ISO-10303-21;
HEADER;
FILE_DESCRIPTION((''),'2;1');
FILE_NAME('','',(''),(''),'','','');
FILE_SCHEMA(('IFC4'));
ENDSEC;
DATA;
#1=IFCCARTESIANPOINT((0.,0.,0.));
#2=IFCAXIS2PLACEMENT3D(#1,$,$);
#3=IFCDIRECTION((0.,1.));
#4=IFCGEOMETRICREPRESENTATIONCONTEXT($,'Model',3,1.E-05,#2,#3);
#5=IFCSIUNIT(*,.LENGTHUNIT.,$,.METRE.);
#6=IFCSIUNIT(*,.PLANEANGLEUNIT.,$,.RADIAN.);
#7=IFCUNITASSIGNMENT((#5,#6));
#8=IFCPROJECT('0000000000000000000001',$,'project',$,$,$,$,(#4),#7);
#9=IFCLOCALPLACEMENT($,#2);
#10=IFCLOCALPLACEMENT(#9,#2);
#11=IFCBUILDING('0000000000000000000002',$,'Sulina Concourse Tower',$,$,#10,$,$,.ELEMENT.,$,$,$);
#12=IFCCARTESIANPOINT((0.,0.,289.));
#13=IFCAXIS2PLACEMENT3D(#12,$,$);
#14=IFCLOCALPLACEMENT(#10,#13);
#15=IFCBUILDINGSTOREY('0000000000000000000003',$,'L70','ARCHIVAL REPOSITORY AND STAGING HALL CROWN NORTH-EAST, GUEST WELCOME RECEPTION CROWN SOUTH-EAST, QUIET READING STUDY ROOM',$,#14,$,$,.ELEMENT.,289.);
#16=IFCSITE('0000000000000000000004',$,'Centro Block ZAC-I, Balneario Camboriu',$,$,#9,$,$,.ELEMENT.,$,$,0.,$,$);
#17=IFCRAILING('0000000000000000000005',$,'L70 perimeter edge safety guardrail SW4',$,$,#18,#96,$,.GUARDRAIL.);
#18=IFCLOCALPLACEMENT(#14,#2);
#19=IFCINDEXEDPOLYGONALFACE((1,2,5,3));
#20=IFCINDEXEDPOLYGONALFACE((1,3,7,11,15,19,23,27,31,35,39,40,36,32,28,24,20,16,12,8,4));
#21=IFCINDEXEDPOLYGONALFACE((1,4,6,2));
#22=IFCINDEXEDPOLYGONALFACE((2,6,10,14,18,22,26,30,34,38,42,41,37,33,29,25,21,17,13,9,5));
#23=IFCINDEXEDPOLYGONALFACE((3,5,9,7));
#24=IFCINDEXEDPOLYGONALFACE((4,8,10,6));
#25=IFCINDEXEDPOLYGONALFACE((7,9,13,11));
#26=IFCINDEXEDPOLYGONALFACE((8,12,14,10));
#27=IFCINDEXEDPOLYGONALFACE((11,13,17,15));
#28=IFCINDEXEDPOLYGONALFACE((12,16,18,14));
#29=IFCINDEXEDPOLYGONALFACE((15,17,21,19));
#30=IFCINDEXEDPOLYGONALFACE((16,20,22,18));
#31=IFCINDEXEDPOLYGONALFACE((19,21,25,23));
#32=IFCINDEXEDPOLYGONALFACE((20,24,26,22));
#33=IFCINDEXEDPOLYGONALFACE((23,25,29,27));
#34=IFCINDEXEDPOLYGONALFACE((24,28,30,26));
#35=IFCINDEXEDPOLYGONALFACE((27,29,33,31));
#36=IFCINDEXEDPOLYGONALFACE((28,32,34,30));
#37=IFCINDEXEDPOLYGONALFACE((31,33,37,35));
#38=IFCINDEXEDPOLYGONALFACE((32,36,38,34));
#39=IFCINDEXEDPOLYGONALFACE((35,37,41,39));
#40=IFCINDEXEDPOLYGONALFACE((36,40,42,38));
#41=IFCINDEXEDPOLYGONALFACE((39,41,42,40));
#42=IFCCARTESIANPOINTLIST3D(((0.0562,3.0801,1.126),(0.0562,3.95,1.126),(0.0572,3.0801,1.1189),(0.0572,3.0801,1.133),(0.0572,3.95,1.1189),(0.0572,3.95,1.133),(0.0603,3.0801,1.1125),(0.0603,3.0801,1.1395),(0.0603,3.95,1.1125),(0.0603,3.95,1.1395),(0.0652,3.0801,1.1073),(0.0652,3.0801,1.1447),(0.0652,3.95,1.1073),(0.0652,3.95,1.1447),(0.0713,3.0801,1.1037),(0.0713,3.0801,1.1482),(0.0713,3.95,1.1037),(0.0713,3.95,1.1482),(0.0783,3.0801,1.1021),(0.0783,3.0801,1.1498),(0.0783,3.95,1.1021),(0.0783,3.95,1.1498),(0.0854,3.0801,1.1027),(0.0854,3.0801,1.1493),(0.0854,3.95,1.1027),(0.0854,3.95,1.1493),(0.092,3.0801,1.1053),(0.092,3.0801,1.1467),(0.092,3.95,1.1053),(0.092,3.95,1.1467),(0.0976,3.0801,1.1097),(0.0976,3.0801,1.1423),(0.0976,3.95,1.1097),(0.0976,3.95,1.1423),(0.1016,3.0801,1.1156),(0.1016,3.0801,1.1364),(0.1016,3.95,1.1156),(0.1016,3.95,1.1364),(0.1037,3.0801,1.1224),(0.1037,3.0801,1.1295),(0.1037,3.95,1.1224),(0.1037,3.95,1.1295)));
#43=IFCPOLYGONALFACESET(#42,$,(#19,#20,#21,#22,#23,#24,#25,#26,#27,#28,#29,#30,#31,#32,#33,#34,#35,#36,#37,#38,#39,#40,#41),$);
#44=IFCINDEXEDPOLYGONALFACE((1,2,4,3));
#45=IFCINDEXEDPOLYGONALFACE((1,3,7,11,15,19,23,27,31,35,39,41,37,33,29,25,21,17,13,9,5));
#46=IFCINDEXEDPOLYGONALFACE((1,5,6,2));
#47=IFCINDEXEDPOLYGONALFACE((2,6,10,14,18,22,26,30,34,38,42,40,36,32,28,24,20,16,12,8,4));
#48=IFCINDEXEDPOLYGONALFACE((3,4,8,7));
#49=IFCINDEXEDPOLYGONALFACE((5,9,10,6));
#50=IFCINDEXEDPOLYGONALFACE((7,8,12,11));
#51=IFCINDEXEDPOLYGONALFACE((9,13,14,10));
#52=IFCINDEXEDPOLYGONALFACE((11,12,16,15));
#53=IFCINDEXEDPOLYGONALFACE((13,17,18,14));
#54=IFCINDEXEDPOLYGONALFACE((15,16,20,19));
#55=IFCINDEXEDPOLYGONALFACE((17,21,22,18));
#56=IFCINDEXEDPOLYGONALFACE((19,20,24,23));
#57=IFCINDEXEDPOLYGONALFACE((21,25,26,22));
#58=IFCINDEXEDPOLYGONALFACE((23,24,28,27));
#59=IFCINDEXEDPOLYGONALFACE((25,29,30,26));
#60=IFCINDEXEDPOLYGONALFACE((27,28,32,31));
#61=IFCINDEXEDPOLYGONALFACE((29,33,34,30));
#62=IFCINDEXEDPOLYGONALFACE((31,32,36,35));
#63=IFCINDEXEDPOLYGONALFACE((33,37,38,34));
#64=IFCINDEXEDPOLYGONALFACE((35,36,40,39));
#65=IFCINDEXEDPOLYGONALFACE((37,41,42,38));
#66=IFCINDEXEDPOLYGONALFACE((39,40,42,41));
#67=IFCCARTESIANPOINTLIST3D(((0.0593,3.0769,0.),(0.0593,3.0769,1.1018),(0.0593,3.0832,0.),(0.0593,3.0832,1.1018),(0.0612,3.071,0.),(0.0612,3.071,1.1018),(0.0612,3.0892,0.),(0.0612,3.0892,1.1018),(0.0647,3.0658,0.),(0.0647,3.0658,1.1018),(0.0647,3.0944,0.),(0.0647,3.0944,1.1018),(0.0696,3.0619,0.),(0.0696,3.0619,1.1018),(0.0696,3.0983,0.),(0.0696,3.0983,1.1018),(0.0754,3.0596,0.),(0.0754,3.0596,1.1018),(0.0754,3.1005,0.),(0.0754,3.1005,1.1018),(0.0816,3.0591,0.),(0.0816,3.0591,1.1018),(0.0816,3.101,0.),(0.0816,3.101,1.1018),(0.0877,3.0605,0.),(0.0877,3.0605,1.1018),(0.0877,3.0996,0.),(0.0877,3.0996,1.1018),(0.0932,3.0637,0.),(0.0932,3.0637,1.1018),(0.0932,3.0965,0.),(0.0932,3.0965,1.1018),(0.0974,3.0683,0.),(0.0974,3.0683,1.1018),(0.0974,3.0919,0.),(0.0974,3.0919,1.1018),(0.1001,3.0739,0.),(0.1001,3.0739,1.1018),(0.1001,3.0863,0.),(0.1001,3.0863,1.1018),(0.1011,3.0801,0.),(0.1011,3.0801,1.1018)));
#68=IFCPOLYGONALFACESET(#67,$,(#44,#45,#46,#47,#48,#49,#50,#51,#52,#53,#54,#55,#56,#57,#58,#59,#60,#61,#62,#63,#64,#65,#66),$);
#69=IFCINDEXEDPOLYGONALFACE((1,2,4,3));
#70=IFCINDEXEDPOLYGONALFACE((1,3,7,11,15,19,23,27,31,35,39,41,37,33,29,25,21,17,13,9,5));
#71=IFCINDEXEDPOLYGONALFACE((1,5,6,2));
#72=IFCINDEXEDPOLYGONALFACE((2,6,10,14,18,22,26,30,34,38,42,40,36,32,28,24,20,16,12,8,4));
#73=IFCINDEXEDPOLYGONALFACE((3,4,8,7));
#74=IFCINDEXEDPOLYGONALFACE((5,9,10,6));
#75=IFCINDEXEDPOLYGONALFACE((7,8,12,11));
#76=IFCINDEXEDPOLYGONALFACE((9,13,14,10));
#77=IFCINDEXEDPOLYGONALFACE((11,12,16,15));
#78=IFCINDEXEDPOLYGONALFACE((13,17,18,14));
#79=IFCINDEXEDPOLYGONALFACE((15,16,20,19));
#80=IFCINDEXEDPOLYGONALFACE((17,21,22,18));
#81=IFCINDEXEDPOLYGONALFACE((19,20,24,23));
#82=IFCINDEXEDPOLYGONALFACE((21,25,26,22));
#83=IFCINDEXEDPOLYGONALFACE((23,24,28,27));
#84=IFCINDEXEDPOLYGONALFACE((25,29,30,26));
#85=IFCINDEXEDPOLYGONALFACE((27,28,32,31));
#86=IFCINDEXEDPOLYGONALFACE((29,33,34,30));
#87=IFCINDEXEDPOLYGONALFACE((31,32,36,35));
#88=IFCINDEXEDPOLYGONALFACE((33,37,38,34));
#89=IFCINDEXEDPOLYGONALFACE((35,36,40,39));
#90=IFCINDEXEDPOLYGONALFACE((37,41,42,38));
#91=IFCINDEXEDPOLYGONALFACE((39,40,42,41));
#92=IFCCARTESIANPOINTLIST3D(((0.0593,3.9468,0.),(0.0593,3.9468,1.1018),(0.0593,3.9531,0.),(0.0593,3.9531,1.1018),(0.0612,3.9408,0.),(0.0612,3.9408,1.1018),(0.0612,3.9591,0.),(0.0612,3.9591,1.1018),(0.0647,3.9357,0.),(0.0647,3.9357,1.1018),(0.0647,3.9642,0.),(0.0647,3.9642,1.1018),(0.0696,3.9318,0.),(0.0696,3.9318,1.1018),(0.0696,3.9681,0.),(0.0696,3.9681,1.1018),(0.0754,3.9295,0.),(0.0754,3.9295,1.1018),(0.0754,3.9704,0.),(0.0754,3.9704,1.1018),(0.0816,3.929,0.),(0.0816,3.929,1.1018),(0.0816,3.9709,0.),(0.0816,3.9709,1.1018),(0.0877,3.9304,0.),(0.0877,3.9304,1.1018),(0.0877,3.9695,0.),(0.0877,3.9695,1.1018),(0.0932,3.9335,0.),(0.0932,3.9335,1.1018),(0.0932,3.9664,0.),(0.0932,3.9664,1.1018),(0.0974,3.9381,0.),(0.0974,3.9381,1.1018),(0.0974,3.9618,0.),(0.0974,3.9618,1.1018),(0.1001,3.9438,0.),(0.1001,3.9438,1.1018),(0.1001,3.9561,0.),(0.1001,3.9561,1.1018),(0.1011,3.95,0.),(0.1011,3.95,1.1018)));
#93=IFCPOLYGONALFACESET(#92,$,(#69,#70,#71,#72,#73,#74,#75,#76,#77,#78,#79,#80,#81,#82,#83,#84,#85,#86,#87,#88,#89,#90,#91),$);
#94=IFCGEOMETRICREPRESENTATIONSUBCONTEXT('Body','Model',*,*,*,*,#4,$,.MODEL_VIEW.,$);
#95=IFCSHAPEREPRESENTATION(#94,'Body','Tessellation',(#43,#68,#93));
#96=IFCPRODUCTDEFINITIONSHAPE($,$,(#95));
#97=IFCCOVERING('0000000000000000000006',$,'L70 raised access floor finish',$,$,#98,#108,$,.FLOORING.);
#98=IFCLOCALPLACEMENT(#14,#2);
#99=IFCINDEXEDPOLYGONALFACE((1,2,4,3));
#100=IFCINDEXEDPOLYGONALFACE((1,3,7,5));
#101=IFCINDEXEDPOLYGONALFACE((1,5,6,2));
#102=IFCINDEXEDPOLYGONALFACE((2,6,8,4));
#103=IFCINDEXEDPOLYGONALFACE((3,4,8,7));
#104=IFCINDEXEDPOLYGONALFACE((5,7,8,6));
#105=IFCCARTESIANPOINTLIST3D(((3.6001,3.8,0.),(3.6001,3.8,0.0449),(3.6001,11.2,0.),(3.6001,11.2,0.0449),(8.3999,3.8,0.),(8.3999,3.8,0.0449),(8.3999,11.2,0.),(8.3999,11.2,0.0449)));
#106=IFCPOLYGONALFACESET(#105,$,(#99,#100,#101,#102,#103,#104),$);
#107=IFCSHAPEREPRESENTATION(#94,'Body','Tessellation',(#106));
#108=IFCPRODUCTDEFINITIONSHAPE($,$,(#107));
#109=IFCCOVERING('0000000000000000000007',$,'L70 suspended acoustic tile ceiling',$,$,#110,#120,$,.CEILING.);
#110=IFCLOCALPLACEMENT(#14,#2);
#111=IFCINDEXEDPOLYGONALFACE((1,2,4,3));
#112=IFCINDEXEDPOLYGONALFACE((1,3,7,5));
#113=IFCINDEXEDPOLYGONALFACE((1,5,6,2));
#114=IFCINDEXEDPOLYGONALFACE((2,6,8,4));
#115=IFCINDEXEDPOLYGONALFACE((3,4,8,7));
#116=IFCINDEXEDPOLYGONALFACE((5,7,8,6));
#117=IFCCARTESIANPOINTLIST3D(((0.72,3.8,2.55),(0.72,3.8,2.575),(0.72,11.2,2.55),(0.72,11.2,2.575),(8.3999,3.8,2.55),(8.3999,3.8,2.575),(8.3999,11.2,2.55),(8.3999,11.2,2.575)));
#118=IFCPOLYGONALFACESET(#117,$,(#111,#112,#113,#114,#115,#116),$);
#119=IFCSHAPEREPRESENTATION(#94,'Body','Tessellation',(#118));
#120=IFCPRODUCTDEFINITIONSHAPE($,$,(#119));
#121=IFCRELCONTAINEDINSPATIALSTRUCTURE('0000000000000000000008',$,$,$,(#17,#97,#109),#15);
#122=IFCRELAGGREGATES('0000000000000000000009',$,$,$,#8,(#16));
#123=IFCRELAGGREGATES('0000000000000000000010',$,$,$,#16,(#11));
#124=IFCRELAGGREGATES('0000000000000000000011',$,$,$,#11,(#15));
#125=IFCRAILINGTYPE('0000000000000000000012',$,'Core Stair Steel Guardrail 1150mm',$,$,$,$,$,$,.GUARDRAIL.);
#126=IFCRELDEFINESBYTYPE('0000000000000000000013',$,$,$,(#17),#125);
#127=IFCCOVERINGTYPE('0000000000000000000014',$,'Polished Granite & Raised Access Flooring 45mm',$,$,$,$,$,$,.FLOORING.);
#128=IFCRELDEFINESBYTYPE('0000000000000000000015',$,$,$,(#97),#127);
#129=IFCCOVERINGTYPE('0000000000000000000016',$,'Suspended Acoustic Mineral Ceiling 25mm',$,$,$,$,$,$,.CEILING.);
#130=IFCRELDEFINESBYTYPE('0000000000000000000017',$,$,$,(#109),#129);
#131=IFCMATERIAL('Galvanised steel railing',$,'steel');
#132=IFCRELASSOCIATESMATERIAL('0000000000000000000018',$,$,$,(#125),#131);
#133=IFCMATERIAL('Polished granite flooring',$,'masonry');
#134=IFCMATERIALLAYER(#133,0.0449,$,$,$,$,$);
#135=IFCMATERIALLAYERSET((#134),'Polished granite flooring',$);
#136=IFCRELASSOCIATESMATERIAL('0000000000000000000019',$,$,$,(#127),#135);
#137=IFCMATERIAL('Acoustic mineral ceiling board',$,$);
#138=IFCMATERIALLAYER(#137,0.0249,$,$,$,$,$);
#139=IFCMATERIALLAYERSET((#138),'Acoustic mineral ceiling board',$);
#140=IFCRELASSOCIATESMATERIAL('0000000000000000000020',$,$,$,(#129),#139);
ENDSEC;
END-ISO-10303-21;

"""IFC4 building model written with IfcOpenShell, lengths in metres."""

from ifc_helpers import new_model, si_unit, direction, frame, origin, origin_2d, place, context, subcontext, project, spatial, polyline, circle, outline, extrude, material, layer, layer_set, type_object, element, save


model = new_model("IFC4")

# Units and contexts
model_context = context("Model", 3, precision=1e-05, world=origin(), true_north=direction((0.0, 1.0)))
body_context = subcontext(model_context, "Body", "Model", "MODEL_VIEW")
ifc_project = project(units=[si_unit("LENGTHUNIT", "METRE"), si_unit("PLANEANGLEUNIT", "RADIAN")], contexts=[model_context])

# Site, building, storey
site_placement = place(None, origin())
site = spatial("IfcSite", under=ifc_project, at=site_placement, Name="Centro Block ZAC-I, Balneario Camboriu", CompositionType="ELEMENT", RefElevation=0.0)
building_placement = place(site_placement, origin())
building = spatial("IfcBuilding", under=site, at=building_placement, Name="Sulina Concourse Tower", CompositionType="ELEMENT")
storey_placement = place(building_placement, frame((0.0, 0.0, 289.0)))
storey = spatial("IfcBuildingStorey", under=building, at=storey_placement, Name="L70", Description="ARCHIVAL REPOSITORY AND STAGING HALL CROWN NORTH-EAST, GUEST WELCOME RECEPTION CROWN SOUTH-EAST, QUIET READING STUDY ROOM", CompositionType="ELEMENT", Elevation=289.0)

# Railing
ifc_material_1 = material(Name="Galvanised steel railing", Category="steel")
railing_type = type_object("IfcRailingType", Name="Core Stair Steel Guardrail 1150mm", PredefinedType="GUARDRAIL", material=ifc_material_1)
railing_1_placement = place(storey_placement, frame((0.0801, 3.0801, 0.0)))
element("IfcRailing", 1, at=railing_1_placement, inside=storey, type_object=railing_type, Name="L70 perimeter edge safety guardrail SW4", PredefinedType="GUARDRAIL", context=body_context, shape_type="SweptSolid", body=[
    extrude(circle(Radius=0.0239, at=origin_2d()), frame((0.0, 0.0, 1.126), z_axis=(0.0, 1.0, 0.0), x_axis=(-1.0, 0.0, 0.0)), (0.0, 0.0, 1.0), 0.8699),
    extrude(circle(Radius=0.021, at=origin_2d()), origin(), (0.0, 0.0, 1.0), 1.1018),
    extrude(circle(Radius=0.021, at=origin_2d()), frame((0.0, 0.8699, 0.0)), (0.0, 0.0, 1.0), 1.1018),
])

# Coverings
ifc_material_2 = material(Name="Polished granite flooring", Category="masonry")
ifc_layer_1 = layer(ifc_material_2, 0.0449)
ifc_layer_set_1 = layer_set([ifc_layer_1], Name="Polished granite flooring")
covering_type_1 = type_object("IfcCoveringType", Name="Polished Granite & Raised Access Flooring 45mm", PredefinedType="FLOORING", material=ifc_layer_set_1)
covering_1_placement = place(storey_placement, origin())
element("IfcCovering", 2, at=covering_1_placement, inside=storey, type_object=covering_type_1, Name="L70 raised access floor finish", PredefinedType="FLOORING", context=body_context, shape_type="SweptSolid", body=[
    extrude(outline(polyline([(3.6001, 3.8), (8.3999, 3.8), (8.3999, 11.2), (3.6001, 11.2), (3.6001, 3.8)])), origin(), (0.0, 0.0, 1.0), 0.0449),
])
ifc_material_3 = material(Name="Acoustic mineral ceiling board")
ifc_layer_2 = layer(ifc_material_3, 0.0249)
ifc_layer_set_2 = layer_set([ifc_layer_2], Name="Acoustic mineral ceiling board")
covering_type_2 = type_object("IfcCoveringType", Name="Suspended Acoustic Mineral Ceiling 25mm", PredefinedType="CEILING", material=ifc_layer_set_2)
covering_2_placement = place(storey_placement, frame((0.0, 0.0, 2.55)))
element("IfcCovering", 3, at=covering_2_placement, inside=storey, type_object=covering_type_2, Name="L70 suspended acoustic tile ceiling", PredefinedType="CEILING", context=body_context, shape_type="SweptSolid", body=[
    extrude(outline(polyline([(0.72, 3.8), (8.3999, 3.8), (8.3999, 11.2), (0.72, 11.2), (0.72, 3.8)])), origin(), (0.0, 0.0, 1.0), 0.0249),
])

save(model, "model.ifc")
